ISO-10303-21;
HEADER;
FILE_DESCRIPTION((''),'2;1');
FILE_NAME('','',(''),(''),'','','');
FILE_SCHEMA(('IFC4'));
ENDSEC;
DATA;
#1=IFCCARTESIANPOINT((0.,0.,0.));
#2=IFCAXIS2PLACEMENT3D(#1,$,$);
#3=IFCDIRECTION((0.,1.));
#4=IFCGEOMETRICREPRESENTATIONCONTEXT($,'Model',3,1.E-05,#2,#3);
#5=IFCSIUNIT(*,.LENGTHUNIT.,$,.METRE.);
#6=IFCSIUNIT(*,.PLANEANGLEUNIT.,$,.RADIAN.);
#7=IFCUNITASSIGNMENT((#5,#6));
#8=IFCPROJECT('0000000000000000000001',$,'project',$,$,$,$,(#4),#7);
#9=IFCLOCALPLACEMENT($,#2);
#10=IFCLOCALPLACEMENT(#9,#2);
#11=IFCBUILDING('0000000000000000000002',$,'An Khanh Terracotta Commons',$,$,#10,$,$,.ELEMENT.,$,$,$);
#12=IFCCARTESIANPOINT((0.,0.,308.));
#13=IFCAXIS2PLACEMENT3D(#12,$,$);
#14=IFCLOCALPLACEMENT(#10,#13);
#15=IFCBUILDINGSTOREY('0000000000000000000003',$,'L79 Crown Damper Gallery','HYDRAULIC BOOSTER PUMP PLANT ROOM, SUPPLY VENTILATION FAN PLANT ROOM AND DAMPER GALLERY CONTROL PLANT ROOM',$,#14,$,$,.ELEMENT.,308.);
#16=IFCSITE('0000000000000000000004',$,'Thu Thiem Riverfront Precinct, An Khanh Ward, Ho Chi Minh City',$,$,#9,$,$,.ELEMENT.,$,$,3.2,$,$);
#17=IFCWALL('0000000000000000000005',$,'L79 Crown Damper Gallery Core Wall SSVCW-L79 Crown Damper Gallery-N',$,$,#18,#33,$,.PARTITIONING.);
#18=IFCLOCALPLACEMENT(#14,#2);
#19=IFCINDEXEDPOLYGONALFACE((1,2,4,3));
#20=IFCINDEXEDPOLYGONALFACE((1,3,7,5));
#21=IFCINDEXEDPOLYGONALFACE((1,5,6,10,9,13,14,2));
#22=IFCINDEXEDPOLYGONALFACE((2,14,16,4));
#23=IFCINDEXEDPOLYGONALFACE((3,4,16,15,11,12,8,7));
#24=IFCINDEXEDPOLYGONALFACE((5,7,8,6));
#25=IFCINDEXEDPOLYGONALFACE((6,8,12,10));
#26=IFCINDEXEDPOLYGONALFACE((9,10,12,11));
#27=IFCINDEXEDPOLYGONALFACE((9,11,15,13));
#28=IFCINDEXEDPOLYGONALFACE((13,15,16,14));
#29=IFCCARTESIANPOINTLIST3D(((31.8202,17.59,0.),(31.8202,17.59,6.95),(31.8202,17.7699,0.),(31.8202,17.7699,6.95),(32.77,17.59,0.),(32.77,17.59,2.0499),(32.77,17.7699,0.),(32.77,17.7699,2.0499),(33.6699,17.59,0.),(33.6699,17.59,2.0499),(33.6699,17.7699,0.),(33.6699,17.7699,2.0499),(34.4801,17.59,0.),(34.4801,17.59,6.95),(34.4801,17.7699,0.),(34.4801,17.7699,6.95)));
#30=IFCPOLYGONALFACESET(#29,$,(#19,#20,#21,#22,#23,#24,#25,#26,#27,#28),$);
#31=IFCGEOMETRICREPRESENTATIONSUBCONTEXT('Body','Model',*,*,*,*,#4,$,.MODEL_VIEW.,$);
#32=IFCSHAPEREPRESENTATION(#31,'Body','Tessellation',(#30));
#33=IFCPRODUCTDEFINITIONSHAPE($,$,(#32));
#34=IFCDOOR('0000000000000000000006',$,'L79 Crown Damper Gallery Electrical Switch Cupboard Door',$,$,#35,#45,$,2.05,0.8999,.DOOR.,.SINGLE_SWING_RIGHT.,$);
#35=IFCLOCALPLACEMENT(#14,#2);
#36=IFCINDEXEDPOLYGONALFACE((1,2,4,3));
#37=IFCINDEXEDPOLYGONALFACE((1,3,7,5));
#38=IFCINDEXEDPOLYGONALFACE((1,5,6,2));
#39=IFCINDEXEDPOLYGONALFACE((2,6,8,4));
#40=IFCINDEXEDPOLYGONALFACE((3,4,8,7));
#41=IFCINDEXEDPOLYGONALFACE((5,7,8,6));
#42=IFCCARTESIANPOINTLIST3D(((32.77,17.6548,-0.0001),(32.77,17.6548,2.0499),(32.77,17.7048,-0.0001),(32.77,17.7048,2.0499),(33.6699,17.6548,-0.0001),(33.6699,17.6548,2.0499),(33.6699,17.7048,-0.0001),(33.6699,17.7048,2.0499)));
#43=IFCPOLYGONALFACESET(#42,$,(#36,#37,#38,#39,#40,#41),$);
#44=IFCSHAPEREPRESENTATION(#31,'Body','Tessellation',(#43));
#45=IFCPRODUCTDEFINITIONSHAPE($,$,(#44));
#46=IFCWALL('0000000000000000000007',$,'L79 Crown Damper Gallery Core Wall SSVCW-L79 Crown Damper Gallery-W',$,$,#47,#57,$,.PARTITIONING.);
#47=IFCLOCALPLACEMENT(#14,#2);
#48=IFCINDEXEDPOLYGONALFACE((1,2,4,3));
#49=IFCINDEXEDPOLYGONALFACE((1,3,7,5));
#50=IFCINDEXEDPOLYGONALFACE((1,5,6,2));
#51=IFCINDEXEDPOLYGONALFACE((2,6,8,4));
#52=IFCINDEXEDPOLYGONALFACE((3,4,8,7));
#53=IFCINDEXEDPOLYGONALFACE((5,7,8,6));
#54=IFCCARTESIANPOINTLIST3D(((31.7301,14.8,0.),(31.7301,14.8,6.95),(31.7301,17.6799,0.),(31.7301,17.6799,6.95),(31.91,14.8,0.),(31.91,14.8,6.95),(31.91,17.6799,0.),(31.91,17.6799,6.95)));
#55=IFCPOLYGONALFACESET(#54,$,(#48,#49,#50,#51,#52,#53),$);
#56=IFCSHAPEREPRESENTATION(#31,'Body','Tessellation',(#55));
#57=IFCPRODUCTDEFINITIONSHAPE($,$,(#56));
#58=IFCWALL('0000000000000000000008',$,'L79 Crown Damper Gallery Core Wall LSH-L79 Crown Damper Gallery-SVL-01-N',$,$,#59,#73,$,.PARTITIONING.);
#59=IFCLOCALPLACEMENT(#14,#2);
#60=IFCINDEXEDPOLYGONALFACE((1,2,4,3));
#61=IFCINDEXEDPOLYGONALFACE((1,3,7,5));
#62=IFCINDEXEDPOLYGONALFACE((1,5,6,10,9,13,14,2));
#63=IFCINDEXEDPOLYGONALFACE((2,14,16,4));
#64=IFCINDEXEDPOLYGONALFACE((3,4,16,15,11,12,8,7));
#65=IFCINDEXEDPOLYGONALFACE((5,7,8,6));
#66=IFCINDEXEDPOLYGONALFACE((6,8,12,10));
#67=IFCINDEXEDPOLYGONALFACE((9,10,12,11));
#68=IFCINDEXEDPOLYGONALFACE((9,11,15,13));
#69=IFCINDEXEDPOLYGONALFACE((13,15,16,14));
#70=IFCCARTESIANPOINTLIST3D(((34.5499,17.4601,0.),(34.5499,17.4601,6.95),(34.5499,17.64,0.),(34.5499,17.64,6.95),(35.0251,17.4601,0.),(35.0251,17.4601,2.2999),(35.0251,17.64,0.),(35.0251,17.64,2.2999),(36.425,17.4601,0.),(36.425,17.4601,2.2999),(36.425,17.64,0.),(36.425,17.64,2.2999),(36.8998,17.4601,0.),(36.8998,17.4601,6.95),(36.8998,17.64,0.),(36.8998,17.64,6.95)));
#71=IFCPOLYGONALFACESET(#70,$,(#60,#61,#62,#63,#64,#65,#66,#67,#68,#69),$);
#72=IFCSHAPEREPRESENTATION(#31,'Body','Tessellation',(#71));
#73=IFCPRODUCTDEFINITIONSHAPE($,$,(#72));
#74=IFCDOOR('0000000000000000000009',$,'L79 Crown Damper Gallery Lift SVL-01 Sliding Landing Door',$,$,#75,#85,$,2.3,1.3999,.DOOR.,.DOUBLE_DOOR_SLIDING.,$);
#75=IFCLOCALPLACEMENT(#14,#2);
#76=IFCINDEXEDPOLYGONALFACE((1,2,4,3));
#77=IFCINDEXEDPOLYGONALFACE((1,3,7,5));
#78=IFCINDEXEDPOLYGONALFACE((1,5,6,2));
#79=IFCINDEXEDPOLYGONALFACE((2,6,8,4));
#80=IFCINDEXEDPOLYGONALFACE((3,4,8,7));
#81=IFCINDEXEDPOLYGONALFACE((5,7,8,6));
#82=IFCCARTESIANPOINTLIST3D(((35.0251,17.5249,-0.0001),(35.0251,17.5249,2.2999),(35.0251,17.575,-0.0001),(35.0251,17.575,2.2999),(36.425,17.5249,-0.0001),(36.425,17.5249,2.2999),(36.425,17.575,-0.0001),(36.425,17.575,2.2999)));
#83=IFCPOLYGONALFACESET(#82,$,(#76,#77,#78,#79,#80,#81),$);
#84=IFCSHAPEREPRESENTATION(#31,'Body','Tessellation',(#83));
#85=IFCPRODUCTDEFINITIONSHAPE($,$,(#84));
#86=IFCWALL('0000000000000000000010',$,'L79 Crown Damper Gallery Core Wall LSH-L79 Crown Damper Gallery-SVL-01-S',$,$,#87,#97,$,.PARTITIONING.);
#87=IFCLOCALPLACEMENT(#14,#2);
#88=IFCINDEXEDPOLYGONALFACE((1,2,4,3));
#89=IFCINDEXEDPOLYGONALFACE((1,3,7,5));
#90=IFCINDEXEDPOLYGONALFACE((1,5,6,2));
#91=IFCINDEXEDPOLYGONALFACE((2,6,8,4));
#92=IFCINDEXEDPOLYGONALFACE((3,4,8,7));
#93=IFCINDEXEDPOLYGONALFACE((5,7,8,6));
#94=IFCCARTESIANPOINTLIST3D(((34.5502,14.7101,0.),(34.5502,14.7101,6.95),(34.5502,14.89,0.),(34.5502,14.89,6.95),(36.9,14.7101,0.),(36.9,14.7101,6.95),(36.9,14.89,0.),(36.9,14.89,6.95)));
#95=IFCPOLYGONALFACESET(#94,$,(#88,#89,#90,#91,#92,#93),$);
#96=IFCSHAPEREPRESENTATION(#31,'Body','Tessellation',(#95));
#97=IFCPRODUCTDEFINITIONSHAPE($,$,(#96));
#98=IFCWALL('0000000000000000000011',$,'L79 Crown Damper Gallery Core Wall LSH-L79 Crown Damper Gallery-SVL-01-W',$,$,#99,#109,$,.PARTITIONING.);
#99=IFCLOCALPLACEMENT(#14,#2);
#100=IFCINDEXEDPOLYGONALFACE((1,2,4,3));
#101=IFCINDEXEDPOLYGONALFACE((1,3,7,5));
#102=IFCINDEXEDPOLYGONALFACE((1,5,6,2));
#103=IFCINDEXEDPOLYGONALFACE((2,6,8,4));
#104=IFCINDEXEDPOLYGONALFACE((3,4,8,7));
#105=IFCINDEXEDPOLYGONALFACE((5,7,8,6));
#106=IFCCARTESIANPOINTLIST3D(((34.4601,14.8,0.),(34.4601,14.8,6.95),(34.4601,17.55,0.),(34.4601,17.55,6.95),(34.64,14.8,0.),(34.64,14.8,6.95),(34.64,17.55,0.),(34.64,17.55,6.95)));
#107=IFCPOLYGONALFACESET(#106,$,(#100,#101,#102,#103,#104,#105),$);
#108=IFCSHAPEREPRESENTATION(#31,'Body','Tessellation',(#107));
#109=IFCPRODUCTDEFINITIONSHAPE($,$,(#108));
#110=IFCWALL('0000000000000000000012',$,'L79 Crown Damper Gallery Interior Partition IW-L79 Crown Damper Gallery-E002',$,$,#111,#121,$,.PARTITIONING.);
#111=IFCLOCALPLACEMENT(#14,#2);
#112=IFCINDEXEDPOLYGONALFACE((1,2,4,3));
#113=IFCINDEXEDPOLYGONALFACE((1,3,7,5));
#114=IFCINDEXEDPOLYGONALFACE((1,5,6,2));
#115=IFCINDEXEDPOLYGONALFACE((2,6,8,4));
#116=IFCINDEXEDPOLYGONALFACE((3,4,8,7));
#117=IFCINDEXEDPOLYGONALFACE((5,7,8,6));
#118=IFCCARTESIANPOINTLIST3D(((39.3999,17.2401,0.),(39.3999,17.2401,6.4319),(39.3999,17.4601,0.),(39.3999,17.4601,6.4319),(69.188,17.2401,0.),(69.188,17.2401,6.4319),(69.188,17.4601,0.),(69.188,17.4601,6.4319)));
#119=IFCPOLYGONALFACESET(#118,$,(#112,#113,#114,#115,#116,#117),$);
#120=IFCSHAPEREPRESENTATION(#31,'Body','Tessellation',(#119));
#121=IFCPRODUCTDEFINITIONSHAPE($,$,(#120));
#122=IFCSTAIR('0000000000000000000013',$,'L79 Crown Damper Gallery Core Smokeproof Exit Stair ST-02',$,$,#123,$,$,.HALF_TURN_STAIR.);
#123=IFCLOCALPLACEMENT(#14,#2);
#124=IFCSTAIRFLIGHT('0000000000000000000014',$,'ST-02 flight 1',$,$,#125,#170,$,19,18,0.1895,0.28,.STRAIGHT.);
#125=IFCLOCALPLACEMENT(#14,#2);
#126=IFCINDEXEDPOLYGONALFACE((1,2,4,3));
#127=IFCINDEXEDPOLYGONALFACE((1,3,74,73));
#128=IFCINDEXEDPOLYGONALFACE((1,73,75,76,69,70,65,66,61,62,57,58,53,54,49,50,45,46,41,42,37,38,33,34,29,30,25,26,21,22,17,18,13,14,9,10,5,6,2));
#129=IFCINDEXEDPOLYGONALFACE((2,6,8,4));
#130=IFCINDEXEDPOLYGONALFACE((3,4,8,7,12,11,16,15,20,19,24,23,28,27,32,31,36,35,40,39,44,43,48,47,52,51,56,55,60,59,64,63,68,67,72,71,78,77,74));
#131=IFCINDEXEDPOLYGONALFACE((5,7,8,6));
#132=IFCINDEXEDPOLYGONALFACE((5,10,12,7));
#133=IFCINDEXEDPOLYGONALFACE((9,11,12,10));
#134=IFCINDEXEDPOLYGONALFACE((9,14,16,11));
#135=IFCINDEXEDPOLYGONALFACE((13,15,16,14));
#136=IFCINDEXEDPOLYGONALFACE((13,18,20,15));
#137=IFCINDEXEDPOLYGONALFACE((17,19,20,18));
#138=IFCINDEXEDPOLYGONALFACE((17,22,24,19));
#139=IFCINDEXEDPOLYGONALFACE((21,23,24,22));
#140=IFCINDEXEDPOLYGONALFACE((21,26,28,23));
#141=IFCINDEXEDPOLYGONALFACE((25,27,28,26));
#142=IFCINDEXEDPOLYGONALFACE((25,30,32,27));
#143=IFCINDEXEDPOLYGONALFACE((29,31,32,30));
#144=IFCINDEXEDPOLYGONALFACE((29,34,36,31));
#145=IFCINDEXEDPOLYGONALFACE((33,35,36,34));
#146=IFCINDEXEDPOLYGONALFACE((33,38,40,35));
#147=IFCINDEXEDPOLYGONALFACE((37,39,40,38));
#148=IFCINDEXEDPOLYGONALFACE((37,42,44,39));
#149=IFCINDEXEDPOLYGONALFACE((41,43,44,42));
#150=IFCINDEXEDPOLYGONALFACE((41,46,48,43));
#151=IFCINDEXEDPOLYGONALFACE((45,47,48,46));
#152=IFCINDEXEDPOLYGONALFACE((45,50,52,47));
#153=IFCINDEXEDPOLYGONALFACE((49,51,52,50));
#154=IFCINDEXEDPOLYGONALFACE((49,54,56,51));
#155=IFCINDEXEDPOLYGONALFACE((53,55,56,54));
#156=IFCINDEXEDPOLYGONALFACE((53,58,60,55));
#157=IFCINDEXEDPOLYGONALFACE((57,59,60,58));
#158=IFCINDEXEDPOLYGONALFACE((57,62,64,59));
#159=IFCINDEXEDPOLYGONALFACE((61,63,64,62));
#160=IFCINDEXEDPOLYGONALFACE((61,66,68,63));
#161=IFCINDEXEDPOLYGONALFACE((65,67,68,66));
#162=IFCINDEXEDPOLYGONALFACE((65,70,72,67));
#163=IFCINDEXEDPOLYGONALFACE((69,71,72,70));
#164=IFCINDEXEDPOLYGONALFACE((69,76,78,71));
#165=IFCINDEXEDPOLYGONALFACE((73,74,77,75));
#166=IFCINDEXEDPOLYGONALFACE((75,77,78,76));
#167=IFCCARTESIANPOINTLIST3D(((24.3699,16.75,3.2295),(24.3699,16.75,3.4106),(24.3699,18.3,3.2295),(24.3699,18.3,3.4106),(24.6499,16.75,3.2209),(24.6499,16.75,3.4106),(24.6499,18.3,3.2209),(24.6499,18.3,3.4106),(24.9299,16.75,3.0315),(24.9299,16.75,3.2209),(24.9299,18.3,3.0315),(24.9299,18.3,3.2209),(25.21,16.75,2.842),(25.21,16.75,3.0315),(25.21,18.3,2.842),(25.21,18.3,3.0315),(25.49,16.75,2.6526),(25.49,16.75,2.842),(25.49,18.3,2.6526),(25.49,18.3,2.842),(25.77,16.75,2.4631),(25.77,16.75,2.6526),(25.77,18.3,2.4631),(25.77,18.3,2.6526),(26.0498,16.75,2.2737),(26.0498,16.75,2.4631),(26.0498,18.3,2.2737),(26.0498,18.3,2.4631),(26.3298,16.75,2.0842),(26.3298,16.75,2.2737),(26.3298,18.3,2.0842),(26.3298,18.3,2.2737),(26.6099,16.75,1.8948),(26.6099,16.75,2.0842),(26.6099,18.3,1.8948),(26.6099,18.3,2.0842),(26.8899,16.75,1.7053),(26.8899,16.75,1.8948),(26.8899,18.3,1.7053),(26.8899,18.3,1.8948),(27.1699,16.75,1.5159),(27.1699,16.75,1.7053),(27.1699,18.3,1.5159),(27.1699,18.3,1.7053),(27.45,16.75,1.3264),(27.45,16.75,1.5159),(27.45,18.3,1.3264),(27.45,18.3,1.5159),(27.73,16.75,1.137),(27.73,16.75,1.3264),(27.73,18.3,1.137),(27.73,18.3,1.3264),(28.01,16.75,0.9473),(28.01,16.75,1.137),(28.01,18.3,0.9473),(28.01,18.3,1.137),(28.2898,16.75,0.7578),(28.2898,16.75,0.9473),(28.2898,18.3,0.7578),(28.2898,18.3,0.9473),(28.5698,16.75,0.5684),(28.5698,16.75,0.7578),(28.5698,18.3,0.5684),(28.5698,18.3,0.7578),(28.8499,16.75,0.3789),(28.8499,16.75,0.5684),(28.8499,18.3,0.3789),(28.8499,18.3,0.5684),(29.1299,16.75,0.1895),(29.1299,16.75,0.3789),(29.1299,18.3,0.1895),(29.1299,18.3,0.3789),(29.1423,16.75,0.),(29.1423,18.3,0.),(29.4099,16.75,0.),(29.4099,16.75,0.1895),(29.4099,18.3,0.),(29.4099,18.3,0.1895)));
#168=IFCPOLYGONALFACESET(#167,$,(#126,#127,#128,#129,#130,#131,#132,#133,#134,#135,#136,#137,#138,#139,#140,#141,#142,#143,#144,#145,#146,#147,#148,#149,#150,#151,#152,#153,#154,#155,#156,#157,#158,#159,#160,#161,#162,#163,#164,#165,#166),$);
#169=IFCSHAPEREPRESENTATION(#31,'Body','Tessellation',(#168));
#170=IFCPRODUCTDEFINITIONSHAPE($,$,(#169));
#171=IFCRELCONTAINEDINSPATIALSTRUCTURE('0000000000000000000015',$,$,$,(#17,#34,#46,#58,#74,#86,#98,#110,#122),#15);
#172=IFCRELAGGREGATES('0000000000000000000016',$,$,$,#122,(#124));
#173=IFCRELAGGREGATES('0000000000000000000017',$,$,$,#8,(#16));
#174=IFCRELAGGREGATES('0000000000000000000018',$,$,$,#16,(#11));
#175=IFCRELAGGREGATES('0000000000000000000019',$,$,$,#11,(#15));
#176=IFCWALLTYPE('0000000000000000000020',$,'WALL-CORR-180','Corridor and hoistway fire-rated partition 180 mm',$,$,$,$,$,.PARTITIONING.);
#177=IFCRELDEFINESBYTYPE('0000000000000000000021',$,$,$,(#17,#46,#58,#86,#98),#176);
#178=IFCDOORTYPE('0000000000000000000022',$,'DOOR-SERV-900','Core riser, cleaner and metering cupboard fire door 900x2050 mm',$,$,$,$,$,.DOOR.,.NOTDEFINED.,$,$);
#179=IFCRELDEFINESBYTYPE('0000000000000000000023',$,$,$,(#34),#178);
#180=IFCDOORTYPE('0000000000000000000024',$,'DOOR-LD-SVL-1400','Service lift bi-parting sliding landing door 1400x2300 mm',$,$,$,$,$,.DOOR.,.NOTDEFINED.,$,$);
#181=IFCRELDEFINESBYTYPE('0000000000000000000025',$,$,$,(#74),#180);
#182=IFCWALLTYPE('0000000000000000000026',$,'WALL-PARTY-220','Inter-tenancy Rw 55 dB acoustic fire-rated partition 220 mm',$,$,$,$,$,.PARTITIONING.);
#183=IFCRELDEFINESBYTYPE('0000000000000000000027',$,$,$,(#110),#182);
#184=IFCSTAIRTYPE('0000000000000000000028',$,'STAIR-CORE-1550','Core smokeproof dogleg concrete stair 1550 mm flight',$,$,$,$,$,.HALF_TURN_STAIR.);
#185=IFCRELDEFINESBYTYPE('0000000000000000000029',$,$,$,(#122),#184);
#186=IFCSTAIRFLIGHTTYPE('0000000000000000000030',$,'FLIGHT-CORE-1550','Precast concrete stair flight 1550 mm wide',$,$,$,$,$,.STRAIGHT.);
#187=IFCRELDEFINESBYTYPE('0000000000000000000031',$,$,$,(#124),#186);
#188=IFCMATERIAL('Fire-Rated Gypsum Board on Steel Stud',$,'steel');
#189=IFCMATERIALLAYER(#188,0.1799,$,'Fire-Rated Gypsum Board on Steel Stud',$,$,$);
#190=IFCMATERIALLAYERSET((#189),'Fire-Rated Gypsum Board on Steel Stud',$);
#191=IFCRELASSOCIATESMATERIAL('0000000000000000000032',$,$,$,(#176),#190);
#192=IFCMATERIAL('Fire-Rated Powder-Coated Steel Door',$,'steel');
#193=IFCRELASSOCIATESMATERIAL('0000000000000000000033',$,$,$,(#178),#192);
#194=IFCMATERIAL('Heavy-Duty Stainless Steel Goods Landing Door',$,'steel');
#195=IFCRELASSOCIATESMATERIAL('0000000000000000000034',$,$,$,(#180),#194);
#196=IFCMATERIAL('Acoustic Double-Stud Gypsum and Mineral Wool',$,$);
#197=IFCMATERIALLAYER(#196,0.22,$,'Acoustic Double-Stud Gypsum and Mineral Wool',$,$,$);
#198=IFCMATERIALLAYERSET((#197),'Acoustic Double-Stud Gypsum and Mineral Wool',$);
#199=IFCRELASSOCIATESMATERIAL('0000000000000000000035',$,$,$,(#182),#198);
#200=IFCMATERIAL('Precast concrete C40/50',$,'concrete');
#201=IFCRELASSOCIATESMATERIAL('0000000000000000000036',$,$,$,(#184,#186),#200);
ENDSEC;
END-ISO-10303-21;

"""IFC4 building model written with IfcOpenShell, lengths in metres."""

from ifc_helpers import new_model, si_unit, direction, frame, frame_2d, origin, place, context, subcontext, project, spatial, polyline, rectangle, outline, extrude, material, layer, layer_set, type_object, element, fill, aggregate, save


model = new_model("IFC4")

# Units and contexts
model_context = context("Model", 3, precision=1e-05, world=origin(), true_north=direction((0.0, 1.0)))
body_context = subcontext(model_context, "Body", "Model", "MODEL_VIEW")
ifc_project = project(units=[si_unit("LENGTHUNIT", "METRE"), si_unit("PLANEANGLEUNIT", "RADIAN")], contexts=[model_context])

# Site, building, storey
site_placement = place(None, origin())
site = spatial("IfcSite", under=ifc_project, at=site_placement, Name="Thu Thiem Riverfront Precinct, An Khanh Ward, Ho Chi Minh City", CompositionType="ELEMENT", RefElevation=3.2)
building_placement = place(site_placement, origin())
building = spatial("IfcBuilding", under=site, at=building_placement, Name="An Khanh Terracotta Commons", CompositionType="ELEMENT")
storey_placement = place(building_placement, frame((0.0, 0.0, 308.0)))
storey = spatial("IfcBuildingStorey", under=building, at=storey_placement, Name="L79 Crown Damper Gallery", Description="HYDRAULIC BOOSTER PUMP PLANT ROOM, SUPPLY VENTILATION FAN PLANT ROOM AND DAMPER GALLERY CONTROL PLANT ROOM", CompositionType="ELEMENT", Elevation=308.0)

# Wall, opening, door
ifc_material_1 = material(Name="Fire-Rated Gypsum Board on Steel Stud", Category="steel")
ifc_layer_1 = layer(ifc_material_1, 0.1799, Name="Fire-Rated Gypsum Board on Steel Stud")
ifc_layer_set_1 = layer_set([ifc_layer_1], Name="Fire-Rated Gypsum Board on Steel Stud")
wall_type_1 = type_object("IfcWallType", Name="WALL-CORR-180", Description="Corridor and hoistway fire-rated partition 180 mm", PredefinedType="PARTITIONING", material=ifc_layer_set_1)
wall_1_placement = place(storey_placement, frame((31.8201, 17.6799, 0.0), z_axis=(0.0, 0.0, 1.0), x_axis=(1.0, 0.0, 0.0)))
wall_1 = element("IfcWall", 1, at=wall_1_placement, inside=storey, type_object=wall_type_1, Name="L79 Crown Damper Gallery Core Wall SSVCW-L79 Crown Damper Gallery-N", PredefinedType="PARTITIONING", context=body_context, shape_type="SweptSolid", body=[
    extrude(rectangle(XDim=2.6599, YDim=0.1799, at=frame_2d((1.3301, 0.0))), origin(), (0.0, 0.0, 1.0), 6.95),
])
opening_1_placement = place(wall_1_placement, frame((0.95, 0.0, 0.0)))
opening_1 = element("IfcOpeningElement", 2, at=opening_1_placement, cuts=wall_1, PredefinedType="OPENING", context=body_context, shape_type="SweptSolid", body=[
    extrude(rectangle(XDim=0.8999, YDim=2.05, at=frame_2d((0.45, 1.0249))), frame((0.0, 0.0999, 0.0), z_axis=(0.0, -1.0, 0.0), x_axis=(1.0, 0.0, 0.0)), (0.0, 0.0, 1.0), 0.2),
])
ifc_material_2 = material(Name="Fire-Rated Powder-Coated Steel Door", Category="steel")
door_type_1 = type_object("IfcDoorType", Name="DOOR-SERV-900", Description="Core riser, cleaner and metering cupboard fire door 900x2050 mm", OperationType="NOTDEFINED", PredefinedType="DOOR", material=ifc_material_2)
door_1_placement = place(opening_1_placement, origin())
door_1 = element("IfcDoor", 3, at=door_1_placement, inside=storey, type_object=door_type_1, Name="L79 Crown Damper Gallery Electrical Switch Cupboard Door", OperationType="SINGLE_SWING_RIGHT", OverallHeight=2.05, OverallWidth=0.8999, PredefinedType="DOOR", context=body_context, shape_type="SweptSolid", body=[
    extrude(rectangle(XDim=0.8999, YDim=2.05, at=frame_2d((0.45, 1.0249))), frame((0.0, 0.0249, 0.0), z_axis=(0.0, -1.0, 0.0), x_axis=(1.0, 0.0, 0.0)), (0.0, 0.0, 1.0), 0.05),
])
fill(opening_1, door_1)

# Wall
wall_2_placement = place(storey_placement, frame((31.8201, 14.8, 0.0), z_axis=(0.0, 0.0, 1.0), x_axis=(0.0, 1.0, 0.0)))
element("IfcWall", 4, at=wall_2_placement, inside=storey, type_object=wall_type_1, Name="L79 Crown Damper Gallery Core Wall SSVCW-L79 Crown Damper Gallery-W", PredefinedType="PARTITIONING", context=body_context, shape_type="SweptSolid", body=[
    extrude(rectangle(XDim=2.8799, YDim=0.1799, at=frame_2d((1.4399, 0.0))), origin(), (0.0, 0.0, 1.0), 6.95),
])

# Wall, opening, door
wall_3_placement = place(storey_placement, frame((34.55, 17.55, 0.0), z_axis=(0.0, 0.0, 1.0), x_axis=(1.0, 0.0, 0.0)))
wall_3 = element("IfcWall", 5, at=wall_3_placement, inside=storey, type_object=wall_type_1, Name="L79 Crown Damper Gallery Core Wall LSH-L79 Crown Damper Gallery-SVL-01-N", PredefinedType="PARTITIONING", context=body_context, shape_type="SweptSolid", body=[
    extrude(rectangle(XDim=2.3499, YDim=0.1799, at=frame_2d((1.1748, 0.0))), origin(), (0.0, 0.0, 1.0), 6.95),
])
opening_2_placement = place(wall_3_placement, frame((0.4751, 0.0, 0.0)))
opening_2 = element("IfcOpeningElement", 6, at=opening_2_placement, cuts=wall_3, PredefinedType="OPENING", context=body_context, shape_type="SweptSolid", body=[
    extrude(rectangle(XDim=1.3999, YDim=2.3, at=frame_2d((0.7, 1.1499))), frame((0.0, 0.0999, 0.0), z_axis=(0.0, -1.0, 0.0), x_axis=(1.0, 0.0, 0.0)), (0.0, 0.0, 1.0), 0.2),
])
ifc_material_3 = material(Name="Heavy-Duty Stainless Steel Goods Landing Door", Category="steel")
door_type_2 = type_object("IfcDoorType", Name="DOOR-LD-SVL-1400", Description="Service lift bi-parting sliding landing door 1400x2300 mm", OperationType="NOTDEFINED", PredefinedType="DOOR", material=ifc_material_3)
door_2_placement = place(opening_2_placement, origin())
door_2 = element("IfcDoor", 7, at=door_2_placement, inside=storey, type_object=door_type_2, Name="L79 Crown Damper Gallery Lift SVL-01 Sliding Landing Door", OperationType="DOUBLE_DOOR_SLIDING", OverallHeight=2.3, OverallWidth=1.3999, PredefinedType="DOOR", context=body_context, shape_type="SweptSolid", body=[
    extrude(rectangle(XDim=1.3999, YDim=2.3, at=frame_2d((0.7, 1.1499))), frame((0.0, 0.0249, 0.0), z_axis=(0.0, -1.0, 0.0), x_axis=(1.0, 0.0, 0.0)), (0.0, 0.0, 1.0), 0.05),
])
fill(opening_2, door_2)

# Walls
wall_4_placement = place(storey_placement, frame((36.8999, 14.8, 0.0), z_axis=(0.0, 0.0, 1.0), x_axis=(-1.0, 0.0, 0.0)))
element("IfcWall", 8, at=wall_4_placement, inside=storey, type_object=wall_type_1, Name="L79 Crown Damper Gallery Core Wall LSH-L79 Crown Damper Gallery-SVL-01-S", PredefinedType="PARTITIONING", context=body_context, shape_type="SweptSolid", body=[
    extrude(rectangle(XDim=2.3499, YDim=0.1799, at=frame_2d((1.1748, 0.0))), origin(), (0.0, 0.0, 1.0), 6.95),
])
wall_5_placement = place(storey_placement, frame((34.55, 17.55, 0.0), z_axis=(0.0, 0.0, 1.0), x_axis=(0.0, -1.0, 0.0)))
element("IfcWall", 9, at=wall_5_placement, inside=storey, type_object=wall_type_1, Name="L79 Crown Damper Gallery Core Wall LSH-L79 Crown Damper Gallery-SVL-01-W", PredefinedType="PARTITIONING", context=body_context, shape_type="SweptSolid", body=[
    extrude(rectangle(XDim=2.75, YDim=0.1799, at=frame_2d((1.375, 0.0))), origin(), (0.0, 0.0, 1.0), 6.95),
])
ifc_material_4 = material(Name="Acoustic Double-Stud Gypsum and Mineral Wool")
ifc_layer_2 = layer(ifc_material_4, 0.22, Name="Acoustic Double-Stud Gypsum and Mineral Wool")
ifc_layer_set_2 = layer_set([ifc_layer_2], Name="Acoustic Double-Stud Gypsum and Mineral Wool")
wall_type_2 = type_object("IfcWallType", Name="WALL-PARTY-220", Description="Inter-tenancy Rw 55 dB acoustic fire-rated partition 220 mm", PredefinedType="PARTITIONING", material=ifc_layer_set_2)
wall_6_placement = place(storey_placement, frame((39.3999, 17.3501, 0.0), z_axis=(0.0, 0.0, 1.0), x_axis=(1.0, 0.0, 0.0)))
element("IfcWall", 10, at=wall_6_placement, inside=storey, type_object=wall_type_2, Name="L79 Crown Damper Gallery Interior Partition IW-L79 Crown Damper Gallery-E002", PredefinedType="PARTITIONING", context=body_context, shape_type="SweptSolid", body=[
    extrude(rectangle(XDim=29.7881, YDim=0.22, at=frame_2d((14.894, 0.0))), origin(), (0.0, 0.0, 1.0), 6.4319),
])

# Stair, stair flight
ifc_material_5 = material(Name="Precast concrete C40/50", Category="concrete")
stair_type = type_object("IfcStairType", Name="STAIR-CORE-1550", Description="Core smokeproof dogleg concrete stair 1550 mm flight", PredefinedType="HALF_TURN_STAIR", material=ifc_material_5)
stair_placement = place(storey_placement, origin())
stair = element("IfcStair", 11, at=stair_placement, inside=storey, type_object=stair_type, Name="L79 Crown Damper Gallery Core Smokeproof Exit Stair ST-02", PredefinedType="HALF_TURN_STAIR")
stair_flight_type = type_object("IfcStairFlightType", Name="FLIGHT-CORE-1550", Description="Precast concrete stair flight 1550 mm wide", PredefinedType="STRAIGHT", material=ifc_material_5)
stair_flight_placement = place(storey_placement, frame((29.4099, 17.5249, 0.0), z_axis=(0.0, 0.0, 1.0), x_axis=(-1.0, 0.0, 0.0)))
stair_flight = element("IfcStairFlight", 12, at=stair_flight_placement, type_object=stair_flight_type, Name="ST-02 flight 1", NumberOfRisers=19, NumberOfTreads=18, PredefinedType="STRAIGHT", RiserHeight=0.1895, TreadLength=0.28, context=body_context, shape_type="SweptSolid", body=[
    extrude(outline(polyline([(0.0, 0.0), (0.0, 0.1895), (0.28, 0.1895), (0.28, 0.3789), (0.5601, 0.3789), (0.5601, 0.5684), (0.8401, 0.5684), (0.8401, 0.7578), (1.1201, 0.7578), (1.1201, 0.9473), (1.3999, 0.9473), (1.3999, 1.137), (1.6799, 1.137), (1.6799, 1.3264), (1.96, 1.3264), (1.96, 1.5159), (2.24, 1.5159), (2.24, 1.7053), (2.52, 1.7053), (2.52, 1.8948), (2.8, 1.8948), (2.8, 2.0842), (3.0801, 2.0842), (3.0801, 2.2737), (3.3601, 2.2737), (3.3601, 2.4631), (3.6399, 2.4631), (3.6399, 2.6526), (3.9199, 2.6526), (3.9199, 2.842), (4.2, 2.842), (4.2, 3.0315), (4.48, 3.0315), (4.48, 3.2209), (4.76, 3.2209), (4.76, 3.4106), (5.04, 3.4106), (5.04, 3.6001), (5.04, 3.2295), (0.2676, 0.0), (0.0, 0.0)])), frame((0.0, 0.7749, 0.0), z_axis=(0.0, -1.0, 0.0), x_axis=(1.0, 0.0, 0.0)), (0.0, 0.0, 1.0), 1.55),
])
aggregate(stair, [stair_flight])

save(model, "model.ifc")
